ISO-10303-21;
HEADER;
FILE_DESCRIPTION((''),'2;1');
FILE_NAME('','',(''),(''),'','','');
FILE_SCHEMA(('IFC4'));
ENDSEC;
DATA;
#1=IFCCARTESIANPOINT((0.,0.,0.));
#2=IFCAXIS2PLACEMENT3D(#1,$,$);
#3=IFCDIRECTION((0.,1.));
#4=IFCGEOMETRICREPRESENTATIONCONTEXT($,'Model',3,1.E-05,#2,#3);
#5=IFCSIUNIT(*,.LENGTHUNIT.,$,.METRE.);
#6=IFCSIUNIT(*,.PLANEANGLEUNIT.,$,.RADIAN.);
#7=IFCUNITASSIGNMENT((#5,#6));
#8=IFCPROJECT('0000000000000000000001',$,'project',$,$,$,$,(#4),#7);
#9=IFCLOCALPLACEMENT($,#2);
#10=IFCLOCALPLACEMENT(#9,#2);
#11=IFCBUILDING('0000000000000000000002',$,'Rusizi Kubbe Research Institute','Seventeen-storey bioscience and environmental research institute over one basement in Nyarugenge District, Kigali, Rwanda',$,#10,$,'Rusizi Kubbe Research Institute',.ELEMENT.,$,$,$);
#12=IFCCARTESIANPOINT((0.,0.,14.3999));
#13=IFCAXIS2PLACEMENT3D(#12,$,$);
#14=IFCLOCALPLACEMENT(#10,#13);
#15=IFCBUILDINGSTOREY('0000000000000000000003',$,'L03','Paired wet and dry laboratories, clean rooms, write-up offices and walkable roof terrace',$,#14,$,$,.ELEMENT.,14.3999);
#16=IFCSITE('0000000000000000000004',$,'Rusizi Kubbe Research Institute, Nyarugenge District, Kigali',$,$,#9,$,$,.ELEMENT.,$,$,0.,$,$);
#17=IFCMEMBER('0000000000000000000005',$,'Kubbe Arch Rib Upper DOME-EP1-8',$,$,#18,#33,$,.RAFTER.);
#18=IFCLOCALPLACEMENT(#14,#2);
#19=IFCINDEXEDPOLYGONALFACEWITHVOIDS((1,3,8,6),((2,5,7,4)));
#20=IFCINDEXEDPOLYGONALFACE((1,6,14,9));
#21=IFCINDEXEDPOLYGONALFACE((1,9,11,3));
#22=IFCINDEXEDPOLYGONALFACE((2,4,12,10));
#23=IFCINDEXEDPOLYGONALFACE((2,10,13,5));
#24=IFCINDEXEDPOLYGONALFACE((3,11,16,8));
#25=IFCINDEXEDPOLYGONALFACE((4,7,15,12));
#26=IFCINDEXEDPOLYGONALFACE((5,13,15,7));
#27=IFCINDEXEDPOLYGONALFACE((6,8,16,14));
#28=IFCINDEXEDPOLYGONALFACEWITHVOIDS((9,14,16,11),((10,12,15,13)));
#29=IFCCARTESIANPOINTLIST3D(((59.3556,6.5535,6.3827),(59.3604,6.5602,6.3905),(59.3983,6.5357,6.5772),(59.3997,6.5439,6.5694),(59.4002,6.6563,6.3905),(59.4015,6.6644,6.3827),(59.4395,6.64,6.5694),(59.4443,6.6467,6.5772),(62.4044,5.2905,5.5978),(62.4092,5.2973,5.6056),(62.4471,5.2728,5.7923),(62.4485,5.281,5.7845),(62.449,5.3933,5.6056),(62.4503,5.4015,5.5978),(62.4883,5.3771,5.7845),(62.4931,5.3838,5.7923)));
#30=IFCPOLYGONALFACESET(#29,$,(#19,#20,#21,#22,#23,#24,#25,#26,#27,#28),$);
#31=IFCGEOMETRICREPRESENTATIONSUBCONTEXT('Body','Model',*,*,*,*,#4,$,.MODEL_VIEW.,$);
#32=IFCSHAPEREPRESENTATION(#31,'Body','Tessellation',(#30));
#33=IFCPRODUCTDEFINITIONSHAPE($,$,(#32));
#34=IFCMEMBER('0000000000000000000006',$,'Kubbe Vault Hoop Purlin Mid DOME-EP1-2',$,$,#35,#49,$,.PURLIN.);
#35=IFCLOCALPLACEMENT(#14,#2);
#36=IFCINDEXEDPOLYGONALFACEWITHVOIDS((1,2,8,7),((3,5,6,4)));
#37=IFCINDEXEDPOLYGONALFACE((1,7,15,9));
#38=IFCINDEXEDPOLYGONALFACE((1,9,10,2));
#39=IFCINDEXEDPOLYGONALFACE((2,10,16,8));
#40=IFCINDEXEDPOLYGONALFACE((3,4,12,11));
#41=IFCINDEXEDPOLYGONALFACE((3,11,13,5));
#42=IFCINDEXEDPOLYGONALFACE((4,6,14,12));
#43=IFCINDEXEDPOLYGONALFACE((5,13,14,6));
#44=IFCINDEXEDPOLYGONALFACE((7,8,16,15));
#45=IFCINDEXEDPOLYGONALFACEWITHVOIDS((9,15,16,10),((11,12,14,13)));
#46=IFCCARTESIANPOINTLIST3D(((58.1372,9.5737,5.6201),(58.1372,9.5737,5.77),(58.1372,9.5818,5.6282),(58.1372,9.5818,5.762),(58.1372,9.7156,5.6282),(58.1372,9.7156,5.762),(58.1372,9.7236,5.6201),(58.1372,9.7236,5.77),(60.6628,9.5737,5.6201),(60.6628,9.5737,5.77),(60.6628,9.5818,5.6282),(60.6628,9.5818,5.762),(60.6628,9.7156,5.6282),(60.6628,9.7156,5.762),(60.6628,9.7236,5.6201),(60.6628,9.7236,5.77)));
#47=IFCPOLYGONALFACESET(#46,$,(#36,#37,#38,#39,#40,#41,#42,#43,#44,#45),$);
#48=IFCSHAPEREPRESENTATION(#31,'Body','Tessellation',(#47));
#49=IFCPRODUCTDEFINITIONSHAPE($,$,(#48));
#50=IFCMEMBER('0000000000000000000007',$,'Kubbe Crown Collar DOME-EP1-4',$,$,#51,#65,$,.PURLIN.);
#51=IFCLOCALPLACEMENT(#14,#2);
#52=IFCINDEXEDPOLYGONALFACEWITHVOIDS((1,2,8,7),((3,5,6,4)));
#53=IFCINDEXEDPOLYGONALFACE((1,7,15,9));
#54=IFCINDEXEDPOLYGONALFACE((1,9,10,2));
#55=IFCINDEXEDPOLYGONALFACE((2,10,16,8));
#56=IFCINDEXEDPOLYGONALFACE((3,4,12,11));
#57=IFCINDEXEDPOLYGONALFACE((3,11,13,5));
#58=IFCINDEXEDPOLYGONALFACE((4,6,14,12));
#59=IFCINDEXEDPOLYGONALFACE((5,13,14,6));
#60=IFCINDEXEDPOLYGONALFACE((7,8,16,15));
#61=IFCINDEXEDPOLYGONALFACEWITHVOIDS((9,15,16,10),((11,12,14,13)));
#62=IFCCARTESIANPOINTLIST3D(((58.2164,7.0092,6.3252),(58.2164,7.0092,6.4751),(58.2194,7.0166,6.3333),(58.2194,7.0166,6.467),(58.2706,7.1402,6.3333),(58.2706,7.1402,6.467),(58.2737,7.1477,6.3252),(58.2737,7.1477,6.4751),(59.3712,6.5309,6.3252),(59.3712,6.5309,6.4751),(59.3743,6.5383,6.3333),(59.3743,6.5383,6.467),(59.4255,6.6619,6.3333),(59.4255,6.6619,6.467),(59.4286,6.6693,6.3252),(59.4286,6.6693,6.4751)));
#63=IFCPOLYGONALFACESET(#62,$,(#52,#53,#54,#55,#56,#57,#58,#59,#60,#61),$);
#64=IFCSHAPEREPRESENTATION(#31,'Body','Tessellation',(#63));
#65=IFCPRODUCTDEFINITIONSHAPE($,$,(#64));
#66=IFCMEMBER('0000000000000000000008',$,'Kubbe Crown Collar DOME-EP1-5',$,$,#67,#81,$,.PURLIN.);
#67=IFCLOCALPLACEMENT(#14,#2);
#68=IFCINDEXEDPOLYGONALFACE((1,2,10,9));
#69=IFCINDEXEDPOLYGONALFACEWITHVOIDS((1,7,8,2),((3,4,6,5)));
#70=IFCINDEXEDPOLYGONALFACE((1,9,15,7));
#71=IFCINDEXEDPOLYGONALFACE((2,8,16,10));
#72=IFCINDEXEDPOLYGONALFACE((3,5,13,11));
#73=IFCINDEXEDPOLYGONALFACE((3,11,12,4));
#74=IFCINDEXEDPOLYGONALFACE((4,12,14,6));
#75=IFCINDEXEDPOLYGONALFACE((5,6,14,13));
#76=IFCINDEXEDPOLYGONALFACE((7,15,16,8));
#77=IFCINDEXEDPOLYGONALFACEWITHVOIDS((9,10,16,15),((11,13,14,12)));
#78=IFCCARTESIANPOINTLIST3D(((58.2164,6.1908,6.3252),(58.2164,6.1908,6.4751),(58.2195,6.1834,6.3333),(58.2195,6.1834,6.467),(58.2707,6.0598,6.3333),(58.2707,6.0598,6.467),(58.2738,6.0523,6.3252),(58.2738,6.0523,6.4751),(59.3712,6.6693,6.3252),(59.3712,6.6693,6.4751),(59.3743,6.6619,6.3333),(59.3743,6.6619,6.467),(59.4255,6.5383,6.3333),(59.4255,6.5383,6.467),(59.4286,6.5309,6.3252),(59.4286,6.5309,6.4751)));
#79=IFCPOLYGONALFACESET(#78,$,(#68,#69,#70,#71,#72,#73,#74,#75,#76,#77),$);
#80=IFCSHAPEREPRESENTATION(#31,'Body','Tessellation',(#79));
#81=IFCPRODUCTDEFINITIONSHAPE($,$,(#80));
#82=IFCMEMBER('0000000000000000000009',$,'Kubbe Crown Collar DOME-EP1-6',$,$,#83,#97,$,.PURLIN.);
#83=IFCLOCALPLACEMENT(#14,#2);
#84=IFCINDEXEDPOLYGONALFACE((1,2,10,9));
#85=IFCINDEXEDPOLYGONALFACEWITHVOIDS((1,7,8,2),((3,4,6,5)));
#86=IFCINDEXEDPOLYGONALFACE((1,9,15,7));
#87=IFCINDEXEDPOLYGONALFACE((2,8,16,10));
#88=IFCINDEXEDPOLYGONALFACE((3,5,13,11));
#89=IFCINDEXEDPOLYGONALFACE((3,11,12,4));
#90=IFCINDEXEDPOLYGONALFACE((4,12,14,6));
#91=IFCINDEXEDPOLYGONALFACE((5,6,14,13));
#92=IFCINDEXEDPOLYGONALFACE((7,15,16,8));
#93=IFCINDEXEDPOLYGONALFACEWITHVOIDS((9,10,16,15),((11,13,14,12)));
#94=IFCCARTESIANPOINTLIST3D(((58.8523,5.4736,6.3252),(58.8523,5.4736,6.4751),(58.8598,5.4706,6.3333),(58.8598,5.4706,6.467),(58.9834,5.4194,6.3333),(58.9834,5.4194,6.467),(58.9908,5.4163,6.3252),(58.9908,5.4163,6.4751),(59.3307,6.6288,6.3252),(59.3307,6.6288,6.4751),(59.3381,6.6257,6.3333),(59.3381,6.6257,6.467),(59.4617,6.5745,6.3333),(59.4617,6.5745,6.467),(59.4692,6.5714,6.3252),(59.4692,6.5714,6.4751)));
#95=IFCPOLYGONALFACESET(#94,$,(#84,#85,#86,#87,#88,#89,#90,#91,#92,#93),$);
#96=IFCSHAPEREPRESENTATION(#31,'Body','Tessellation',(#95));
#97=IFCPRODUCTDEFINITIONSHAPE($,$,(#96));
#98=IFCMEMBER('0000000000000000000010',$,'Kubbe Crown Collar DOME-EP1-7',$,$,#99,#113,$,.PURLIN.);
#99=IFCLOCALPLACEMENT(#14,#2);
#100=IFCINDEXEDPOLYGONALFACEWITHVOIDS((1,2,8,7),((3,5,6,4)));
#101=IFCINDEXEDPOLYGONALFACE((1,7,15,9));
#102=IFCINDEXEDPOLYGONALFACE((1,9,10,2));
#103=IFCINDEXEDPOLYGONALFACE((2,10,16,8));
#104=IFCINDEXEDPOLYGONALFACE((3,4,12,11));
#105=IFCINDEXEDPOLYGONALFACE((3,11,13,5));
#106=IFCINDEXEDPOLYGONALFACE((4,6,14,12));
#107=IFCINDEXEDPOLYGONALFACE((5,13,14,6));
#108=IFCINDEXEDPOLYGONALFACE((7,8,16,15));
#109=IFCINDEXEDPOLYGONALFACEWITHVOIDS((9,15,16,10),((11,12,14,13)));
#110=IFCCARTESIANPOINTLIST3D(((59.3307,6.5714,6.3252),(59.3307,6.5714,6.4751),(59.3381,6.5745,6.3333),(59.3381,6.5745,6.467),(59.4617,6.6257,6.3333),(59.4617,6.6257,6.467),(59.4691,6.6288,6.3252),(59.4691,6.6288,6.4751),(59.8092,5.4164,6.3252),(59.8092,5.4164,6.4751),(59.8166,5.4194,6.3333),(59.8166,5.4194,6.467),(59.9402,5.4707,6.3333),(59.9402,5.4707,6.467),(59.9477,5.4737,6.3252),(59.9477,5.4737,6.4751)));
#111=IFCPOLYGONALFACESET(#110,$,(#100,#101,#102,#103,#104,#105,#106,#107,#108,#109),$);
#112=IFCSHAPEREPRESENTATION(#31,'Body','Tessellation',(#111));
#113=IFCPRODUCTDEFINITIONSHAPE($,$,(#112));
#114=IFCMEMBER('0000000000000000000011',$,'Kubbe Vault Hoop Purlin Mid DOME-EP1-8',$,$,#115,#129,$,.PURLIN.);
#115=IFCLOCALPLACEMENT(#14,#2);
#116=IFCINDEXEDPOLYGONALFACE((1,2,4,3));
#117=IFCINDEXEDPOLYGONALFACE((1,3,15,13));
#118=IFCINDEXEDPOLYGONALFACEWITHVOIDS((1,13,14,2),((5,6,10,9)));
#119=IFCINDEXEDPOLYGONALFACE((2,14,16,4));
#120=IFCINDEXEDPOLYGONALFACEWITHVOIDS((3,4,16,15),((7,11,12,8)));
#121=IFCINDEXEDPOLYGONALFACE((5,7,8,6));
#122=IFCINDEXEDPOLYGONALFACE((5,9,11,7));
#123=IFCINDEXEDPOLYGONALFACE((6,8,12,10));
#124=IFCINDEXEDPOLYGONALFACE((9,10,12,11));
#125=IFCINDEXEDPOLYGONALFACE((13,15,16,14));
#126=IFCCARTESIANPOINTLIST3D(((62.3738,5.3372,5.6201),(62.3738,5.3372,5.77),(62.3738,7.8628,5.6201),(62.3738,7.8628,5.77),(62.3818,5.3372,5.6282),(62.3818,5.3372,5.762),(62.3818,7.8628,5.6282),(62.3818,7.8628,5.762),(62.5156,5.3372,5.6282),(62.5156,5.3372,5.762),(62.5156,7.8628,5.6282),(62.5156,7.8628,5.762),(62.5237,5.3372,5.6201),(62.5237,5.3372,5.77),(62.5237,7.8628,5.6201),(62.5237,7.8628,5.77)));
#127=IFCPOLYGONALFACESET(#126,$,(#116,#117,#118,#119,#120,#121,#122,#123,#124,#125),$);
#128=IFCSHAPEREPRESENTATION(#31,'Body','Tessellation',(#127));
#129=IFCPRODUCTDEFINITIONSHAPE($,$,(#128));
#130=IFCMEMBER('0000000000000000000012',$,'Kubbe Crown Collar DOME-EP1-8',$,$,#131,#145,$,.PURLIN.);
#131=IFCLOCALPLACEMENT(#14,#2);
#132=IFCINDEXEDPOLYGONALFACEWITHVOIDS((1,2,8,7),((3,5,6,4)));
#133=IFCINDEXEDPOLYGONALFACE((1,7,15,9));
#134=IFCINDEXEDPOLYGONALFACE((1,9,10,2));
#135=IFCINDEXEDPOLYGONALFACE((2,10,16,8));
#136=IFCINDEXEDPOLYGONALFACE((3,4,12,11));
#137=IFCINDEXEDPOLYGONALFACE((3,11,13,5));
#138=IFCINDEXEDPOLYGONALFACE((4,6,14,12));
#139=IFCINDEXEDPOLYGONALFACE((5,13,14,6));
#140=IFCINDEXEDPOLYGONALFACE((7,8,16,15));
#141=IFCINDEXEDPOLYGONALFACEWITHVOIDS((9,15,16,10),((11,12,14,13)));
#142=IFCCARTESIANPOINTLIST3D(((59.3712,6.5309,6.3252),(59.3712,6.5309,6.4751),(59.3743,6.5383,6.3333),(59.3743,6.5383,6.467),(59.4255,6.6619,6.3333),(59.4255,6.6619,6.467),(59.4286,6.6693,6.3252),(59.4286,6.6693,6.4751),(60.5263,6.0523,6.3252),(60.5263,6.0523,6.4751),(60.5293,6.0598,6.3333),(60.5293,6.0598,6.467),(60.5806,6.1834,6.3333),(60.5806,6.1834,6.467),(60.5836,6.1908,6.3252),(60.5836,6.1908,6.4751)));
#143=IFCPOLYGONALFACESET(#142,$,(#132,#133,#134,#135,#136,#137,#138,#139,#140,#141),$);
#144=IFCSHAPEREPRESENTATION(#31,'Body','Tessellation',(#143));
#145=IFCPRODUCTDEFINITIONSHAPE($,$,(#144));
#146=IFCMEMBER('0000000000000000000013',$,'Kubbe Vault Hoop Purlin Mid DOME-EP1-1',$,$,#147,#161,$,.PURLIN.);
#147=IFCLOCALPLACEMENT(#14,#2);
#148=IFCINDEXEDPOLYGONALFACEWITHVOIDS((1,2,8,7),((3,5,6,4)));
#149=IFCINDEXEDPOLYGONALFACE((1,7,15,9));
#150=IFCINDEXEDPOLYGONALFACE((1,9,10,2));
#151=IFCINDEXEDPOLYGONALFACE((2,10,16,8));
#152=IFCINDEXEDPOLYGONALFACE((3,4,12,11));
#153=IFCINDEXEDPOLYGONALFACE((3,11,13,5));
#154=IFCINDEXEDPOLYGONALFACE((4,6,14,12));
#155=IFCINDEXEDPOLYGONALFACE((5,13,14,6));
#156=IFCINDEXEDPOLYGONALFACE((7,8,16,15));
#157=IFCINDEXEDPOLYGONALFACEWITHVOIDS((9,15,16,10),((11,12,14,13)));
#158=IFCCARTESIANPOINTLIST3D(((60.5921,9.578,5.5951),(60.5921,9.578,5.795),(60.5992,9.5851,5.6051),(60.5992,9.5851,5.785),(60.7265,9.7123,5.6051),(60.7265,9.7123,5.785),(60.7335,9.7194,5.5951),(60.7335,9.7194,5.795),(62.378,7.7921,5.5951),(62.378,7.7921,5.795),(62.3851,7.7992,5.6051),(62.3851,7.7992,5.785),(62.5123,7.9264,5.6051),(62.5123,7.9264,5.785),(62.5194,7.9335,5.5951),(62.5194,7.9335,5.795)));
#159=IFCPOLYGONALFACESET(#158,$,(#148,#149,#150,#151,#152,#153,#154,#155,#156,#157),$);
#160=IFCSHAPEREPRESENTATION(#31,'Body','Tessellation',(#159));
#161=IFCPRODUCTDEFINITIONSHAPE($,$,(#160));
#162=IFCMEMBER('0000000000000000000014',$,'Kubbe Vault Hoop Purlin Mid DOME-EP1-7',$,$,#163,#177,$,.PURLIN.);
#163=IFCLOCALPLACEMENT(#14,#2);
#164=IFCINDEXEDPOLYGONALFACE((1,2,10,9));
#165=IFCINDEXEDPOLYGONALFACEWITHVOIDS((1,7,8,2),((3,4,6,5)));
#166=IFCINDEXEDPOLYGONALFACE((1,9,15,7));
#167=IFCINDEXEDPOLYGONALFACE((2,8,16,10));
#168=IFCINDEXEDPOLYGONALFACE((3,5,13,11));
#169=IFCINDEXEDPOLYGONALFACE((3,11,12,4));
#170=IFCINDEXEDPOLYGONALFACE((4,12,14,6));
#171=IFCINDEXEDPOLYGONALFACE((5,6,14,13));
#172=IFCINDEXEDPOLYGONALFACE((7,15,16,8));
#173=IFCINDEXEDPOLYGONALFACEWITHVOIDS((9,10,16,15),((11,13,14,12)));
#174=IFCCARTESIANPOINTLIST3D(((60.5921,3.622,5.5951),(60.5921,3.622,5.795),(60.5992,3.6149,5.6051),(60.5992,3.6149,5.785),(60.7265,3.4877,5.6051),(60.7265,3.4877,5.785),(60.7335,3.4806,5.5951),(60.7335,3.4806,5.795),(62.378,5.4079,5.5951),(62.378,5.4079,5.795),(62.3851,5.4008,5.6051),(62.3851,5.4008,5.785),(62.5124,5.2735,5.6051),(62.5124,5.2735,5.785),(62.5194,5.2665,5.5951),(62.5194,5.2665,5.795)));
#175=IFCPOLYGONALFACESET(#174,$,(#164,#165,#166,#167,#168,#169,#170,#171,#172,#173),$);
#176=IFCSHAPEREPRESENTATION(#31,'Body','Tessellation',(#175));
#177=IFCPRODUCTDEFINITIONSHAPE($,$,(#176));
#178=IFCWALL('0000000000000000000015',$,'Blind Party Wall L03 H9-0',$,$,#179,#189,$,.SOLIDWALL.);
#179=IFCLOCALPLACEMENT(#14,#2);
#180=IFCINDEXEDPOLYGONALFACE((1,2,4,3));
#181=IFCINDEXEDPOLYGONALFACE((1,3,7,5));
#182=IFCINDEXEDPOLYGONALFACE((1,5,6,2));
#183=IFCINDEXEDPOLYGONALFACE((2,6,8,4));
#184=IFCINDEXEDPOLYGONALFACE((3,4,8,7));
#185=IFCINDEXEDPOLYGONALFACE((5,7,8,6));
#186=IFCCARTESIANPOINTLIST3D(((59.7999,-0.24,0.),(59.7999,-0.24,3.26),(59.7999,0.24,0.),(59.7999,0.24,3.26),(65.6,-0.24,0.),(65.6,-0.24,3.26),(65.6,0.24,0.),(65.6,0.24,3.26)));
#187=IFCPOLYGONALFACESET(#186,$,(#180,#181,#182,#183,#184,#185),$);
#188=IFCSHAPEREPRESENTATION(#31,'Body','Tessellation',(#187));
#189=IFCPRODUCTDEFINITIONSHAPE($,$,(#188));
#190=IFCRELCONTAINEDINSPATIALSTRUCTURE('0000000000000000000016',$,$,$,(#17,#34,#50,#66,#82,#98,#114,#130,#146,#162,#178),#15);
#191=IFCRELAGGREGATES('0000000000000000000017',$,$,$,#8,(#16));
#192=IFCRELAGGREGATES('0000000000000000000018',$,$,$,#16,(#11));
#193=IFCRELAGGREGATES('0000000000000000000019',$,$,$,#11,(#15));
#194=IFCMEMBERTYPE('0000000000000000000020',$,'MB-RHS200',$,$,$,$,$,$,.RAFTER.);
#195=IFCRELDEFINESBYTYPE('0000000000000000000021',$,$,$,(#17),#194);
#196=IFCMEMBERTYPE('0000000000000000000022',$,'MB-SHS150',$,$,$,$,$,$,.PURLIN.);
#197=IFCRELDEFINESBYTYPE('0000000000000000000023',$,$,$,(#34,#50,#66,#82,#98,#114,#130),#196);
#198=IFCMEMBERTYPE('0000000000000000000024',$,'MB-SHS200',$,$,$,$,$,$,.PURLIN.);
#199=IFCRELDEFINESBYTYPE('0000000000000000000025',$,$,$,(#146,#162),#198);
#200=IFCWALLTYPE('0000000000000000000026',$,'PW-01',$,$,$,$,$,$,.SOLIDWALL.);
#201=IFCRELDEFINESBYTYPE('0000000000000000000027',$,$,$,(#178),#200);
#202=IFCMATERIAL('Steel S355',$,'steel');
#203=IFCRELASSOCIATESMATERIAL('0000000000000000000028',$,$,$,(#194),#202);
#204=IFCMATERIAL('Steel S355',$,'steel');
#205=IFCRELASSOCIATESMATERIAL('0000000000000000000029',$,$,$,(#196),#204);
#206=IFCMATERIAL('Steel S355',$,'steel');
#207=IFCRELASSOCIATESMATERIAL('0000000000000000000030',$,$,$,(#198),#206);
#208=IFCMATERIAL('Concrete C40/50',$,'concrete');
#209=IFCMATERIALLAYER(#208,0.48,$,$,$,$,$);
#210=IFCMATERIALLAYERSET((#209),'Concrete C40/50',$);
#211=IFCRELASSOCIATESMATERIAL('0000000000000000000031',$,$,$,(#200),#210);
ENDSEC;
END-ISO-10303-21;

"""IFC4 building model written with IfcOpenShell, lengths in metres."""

from ifc_helpers import new_model, si_unit, direction, frame, frame_2d, origin, origin_2d, place, context, subcontext, project, spatial, rectangle, hollow_rectangle, extrude, material, layer, layer_set, material_profile, profile_set, type_object, element, save


model = new_model("IFC4")

# Units and contexts
model_context = context("Model", 3, precision=1e-05, world=origin(), true_north=direction((0.0, 1.0)))
body_context = subcontext(model_context, "Body", "Model", "MODEL_VIEW")
ifc_project = project(units=[si_unit("LENGTHUNIT", "METRE"), si_unit("PLANEANGLEUNIT", "RADIAN")], contexts=[model_context])

# Site, building, storey
site_placement = place(None, origin())
site = spatial("IfcSite", under=ifc_project, at=site_placement, Name="Rusizi Kubbe Research Institute, Nyarugenge District, Kigali", CompositionType="ELEMENT", RefElevation=0.0)
building_placement = place(site_placement, origin())
building = spatial("IfcBuilding", under=site, at=building_placement, Name="Rusizi Kubbe Research Institute", Description="Seventeen-storey bioscience and environmental research institute over one basement in Nyarugenge District, Kigali, Rwanda", LongName="Rusizi Kubbe Research Institute", CompositionType="ELEMENT")
storey_placement = place(building_placement, frame((0.0, 0.0, 14.3999)))
storey = spatial("IfcBuildingStorey", under=building, at=storey_placement, Name="L03", Description="Paired wet and dry laboratories, clean rooms, write-up offices and walkable roof terrace", CompositionType="ELEMENT", Elevation=14.3999)

# Members
ifc_material_1 = material(Name="Steel S355", Category="steel")
ifc_material_profile_1 = material_profile(ifc_material_1, hollow_rectangle(XDim=0.1201, YDim=0.2, WallThickness=0.0081, at=origin_2d()), Name="RHS 200x120x8.0")
ifc_profile_set_1 = profile_set([ifc_material_profile_1], Name="Steel S355")
member_type_1 = type_object("IfcMemberType", Name="MB-RHS200", PredefinedType="RAFTER", material=ifc_profile_set_1)
for number, where, z_axis, x_axis, name in (
    (1, (62.4487, 5.3372, 5.6951), (-0.898798, 0.372316, 0.231393), (-0.382702, -0.923872, 0.0), "Kubbe Arch Rib Upper DOME-EP1-8"),
):
    element("IfcMember", number, at=place(storey_placement, frame(where, z_axis=z_axis, x_axis=x_axis)), inside=storey, type_object=member_type_1, Name=name, PredefinedType="RAFTER", context=body_context, shape_type="SweptSolid", body=[
        extrude(hollow_rectangle(XDim=0.1201, YDim=0.2, WallThickness=0.0081, at=origin_2d()), origin(), (0.0, 0.0, 1.0), 3.3921),
    ])
ifc_material_2 = material(Name="Steel S355", Category="steel")
ifc_material_profile_2 = material_profile(ifc_material_2, hollow_rectangle(XDim=0.1499, YDim=0.1499, WallThickness=0.0081, at=origin_2d()), Name="SHS 150x150x8.0")
ifc_profile_set_2 = profile_set([ifc_material_profile_2], Name="Steel S355")
member_type_2 = type_object("IfcMemberType", Name="MB-SHS150", PredefinedType="PURLIN", material=ifc_profile_set_2)
member_1_placement = place(storey_placement, frame((60.6628, 9.6487, 5.6951), z_axis=(-1.0, 0.0, 0.0), x_axis=(0.0, -1.0, 0.0)))
element("IfcMember", 2, at=member_1_placement, inside=storey, type_object=member_type_2, Name="Kubbe Vault Hoop Purlin Mid DOME-EP1-2", PredefinedType="PURLIN", context=body_context, shape_type="SweptSolid", body=[
    extrude(hollow_rectangle(XDim=0.1499, YDim=0.1499, WallThickness=0.0081, at=origin_2d()), origin(), (0.0, 0.0, 1.0), 2.5256),
])
for number, where, z_axis, x_axis, name in (
    (3, (59.3999, 6.6001, 6.4001), (-0.923895, 0.382645, 0.0), (-0.382645, -0.923895, 0.0), "Kubbe Crown Collar DOME-EP1-4"),
    (4, (59.3999, 6.6001, 6.4001), (-0.923826, -0.382812, 0.0), (0.382812, -0.923826, 0.0), "Kubbe Crown Collar DOME-EP1-5"),
):
    element("IfcMember", number, at=place(storey_placement, frame(where, z_axis=z_axis, x_axis=x_axis)), inside=storey, type_object=member_type_2, Name=name, PredefinedType="PURLIN", context=body_context, shape_type="SweptSolid", body=[
        extrude(hollow_rectangle(XDim=0.1499, YDim=0.1499, WallThickness=0.0081, at=origin_2d()), origin(), (0.0, 0.0, 1.0), 1.25),
    ])
for number, where, z_axis, x_axis, name in (
    (5, (59.3999, 6.6001, 6.4001), (-0.382576, -0.923924, 0.0), (0.923924, -0.382576, 0.0), "Kubbe Crown Collar DOME-EP1-6"),
    (6, (59.3999, 6.6001, 6.4001), (0.382743, -0.923855, 0.0), (0.923855, 0.382743, 0.0), "Kubbe Crown Collar DOME-EP1-7"),
):
    element("IfcMember", number, at=place(storey_placement, frame(where, z_axis=z_axis, x_axis=x_axis)), inside=storey, type_object=member_type_2, Name=name, PredefinedType="PURLIN", context=body_context, shape_type="SweptSolid", body=[
        extrude(hollow_rectangle(XDim=0.1499, YDim=0.1499, WallThickness=0.0081, at=origin_2d()), origin(), (0.0, 0.0, 1.0), 1.2502),
    ])
member_2_placement = place(storey_placement, frame((62.4487, 5.3372, 5.6951), z_axis=(0.0, 1.0, 0.0), x_axis=(-1.0, 0.0, 0.0)))
element("IfcMember", 7, at=member_2_placement, inside=storey, type_object=member_type_2, Name="Kubbe Vault Hoop Purlin Mid DOME-EP1-8", PredefinedType="PURLIN", context=body_context, shape_type="SweptSolid", body=[
    extrude(hollow_rectangle(XDim=0.1499, YDim=0.1499, WallThickness=0.0081, at=origin_2d()), origin(), (0.0, 0.0, 1.0), 2.5256),
])
member_3_placement = place(storey_placement, frame((59.3999, 6.6001, 6.4001), z_axis=(0.923855, -0.382743, 0.0), x_axis=(0.382743, 0.923855, 0.0)))
element("IfcMember", 8, at=member_3_placement, inside=storey, type_object=member_type_2, Name="Kubbe Crown Collar DOME-EP1-8", PredefinedType="PURLIN", context=body_context, shape_type="SweptSolid", body=[
    extrude(hollow_rectangle(XDim=0.1499, YDim=0.1499, WallThickness=0.0081, at=origin_2d()), origin(), (0.0, 0.0, 1.0), 1.2502),
])
ifc_material_3 = material(Name="Steel S355", Category="steel")
ifc_material_profile_3 = material_profile(ifc_material_3, hollow_rectangle(XDim=0.2, YDim=0.2, WallThickness=0.01, at=origin_2d()), Name="SHS 200x200x10.0")
ifc_profile_set_3 = profile_set([ifc_material_profile_3], Name="Steel S355")
member_type_3 = type_object("IfcMemberType", Name="MB-SHS200", PredefinedType="PURLIN", material=ifc_profile_set_3)
for number, where, z_axis, x_axis, name in (
    (9, (62.4487, 7.8628, 5.6951), (-0.707107, 0.707107, 0.0), (-0.707107, -0.707107, 0.0), "Kubbe Vault Hoop Purlin Mid DOME-EP1-1"),
    (10, (60.6628, 3.5513, 5.6951), (0.707107, 0.707107, 0.0), (-0.707107, 0.707107, 0.0), "Kubbe Vault Hoop Purlin Mid DOME-EP1-7"),
):
    element("IfcMember", number, at=place(storey_placement, frame(where, z_axis=z_axis, x_axis=x_axis)), inside=storey, type_object=member_type_3, Name=name, PredefinedType="PURLIN", context=body_context, shape_type="SweptSolid", body=[
        extrude(hollow_rectangle(XDim=0.2, YDim=0.2, WallThickness=0.01, at=origin_2d()), origin(), (0.0, 0.0, 1.0), 2.5256),
    ])

# Wall
ifc_material_4 = material(Name="Concrete C40/50", Category="concrete")
ifc_layer = layer(ifc_material_4, 0.48)
ifc_layer_set = layer_set([ifc_layer], Name="Concrete C40/50")
wall_type = type_object("IfcWallType", Name="PW-01", PredefinedType="SOLIDWALL", material=ifc_layer_set)
wall_placement = place(storey_placement, frame((59.8, 0.0, 0.0), z_axis=(0.0, 0.0, 1.0), x_axis=(1.0, 0.0, 0.0)))
element("IfcWall", 11, at=wall_placement, inside=storey, type_object=wall_type, Name="Blind Party Wall L03 H9-0", PredefinedType="SOLIDWALL", context=body_context, shape_type="SweptSolid", body=[
    extrude(rectangle(XDim=5.8, YDim=0.48, at=frame_2d((2.8999, 0.0))), origin(), (0.0, 0.0, 1.0), 3.26),
])

save(model, "model.ifc")
